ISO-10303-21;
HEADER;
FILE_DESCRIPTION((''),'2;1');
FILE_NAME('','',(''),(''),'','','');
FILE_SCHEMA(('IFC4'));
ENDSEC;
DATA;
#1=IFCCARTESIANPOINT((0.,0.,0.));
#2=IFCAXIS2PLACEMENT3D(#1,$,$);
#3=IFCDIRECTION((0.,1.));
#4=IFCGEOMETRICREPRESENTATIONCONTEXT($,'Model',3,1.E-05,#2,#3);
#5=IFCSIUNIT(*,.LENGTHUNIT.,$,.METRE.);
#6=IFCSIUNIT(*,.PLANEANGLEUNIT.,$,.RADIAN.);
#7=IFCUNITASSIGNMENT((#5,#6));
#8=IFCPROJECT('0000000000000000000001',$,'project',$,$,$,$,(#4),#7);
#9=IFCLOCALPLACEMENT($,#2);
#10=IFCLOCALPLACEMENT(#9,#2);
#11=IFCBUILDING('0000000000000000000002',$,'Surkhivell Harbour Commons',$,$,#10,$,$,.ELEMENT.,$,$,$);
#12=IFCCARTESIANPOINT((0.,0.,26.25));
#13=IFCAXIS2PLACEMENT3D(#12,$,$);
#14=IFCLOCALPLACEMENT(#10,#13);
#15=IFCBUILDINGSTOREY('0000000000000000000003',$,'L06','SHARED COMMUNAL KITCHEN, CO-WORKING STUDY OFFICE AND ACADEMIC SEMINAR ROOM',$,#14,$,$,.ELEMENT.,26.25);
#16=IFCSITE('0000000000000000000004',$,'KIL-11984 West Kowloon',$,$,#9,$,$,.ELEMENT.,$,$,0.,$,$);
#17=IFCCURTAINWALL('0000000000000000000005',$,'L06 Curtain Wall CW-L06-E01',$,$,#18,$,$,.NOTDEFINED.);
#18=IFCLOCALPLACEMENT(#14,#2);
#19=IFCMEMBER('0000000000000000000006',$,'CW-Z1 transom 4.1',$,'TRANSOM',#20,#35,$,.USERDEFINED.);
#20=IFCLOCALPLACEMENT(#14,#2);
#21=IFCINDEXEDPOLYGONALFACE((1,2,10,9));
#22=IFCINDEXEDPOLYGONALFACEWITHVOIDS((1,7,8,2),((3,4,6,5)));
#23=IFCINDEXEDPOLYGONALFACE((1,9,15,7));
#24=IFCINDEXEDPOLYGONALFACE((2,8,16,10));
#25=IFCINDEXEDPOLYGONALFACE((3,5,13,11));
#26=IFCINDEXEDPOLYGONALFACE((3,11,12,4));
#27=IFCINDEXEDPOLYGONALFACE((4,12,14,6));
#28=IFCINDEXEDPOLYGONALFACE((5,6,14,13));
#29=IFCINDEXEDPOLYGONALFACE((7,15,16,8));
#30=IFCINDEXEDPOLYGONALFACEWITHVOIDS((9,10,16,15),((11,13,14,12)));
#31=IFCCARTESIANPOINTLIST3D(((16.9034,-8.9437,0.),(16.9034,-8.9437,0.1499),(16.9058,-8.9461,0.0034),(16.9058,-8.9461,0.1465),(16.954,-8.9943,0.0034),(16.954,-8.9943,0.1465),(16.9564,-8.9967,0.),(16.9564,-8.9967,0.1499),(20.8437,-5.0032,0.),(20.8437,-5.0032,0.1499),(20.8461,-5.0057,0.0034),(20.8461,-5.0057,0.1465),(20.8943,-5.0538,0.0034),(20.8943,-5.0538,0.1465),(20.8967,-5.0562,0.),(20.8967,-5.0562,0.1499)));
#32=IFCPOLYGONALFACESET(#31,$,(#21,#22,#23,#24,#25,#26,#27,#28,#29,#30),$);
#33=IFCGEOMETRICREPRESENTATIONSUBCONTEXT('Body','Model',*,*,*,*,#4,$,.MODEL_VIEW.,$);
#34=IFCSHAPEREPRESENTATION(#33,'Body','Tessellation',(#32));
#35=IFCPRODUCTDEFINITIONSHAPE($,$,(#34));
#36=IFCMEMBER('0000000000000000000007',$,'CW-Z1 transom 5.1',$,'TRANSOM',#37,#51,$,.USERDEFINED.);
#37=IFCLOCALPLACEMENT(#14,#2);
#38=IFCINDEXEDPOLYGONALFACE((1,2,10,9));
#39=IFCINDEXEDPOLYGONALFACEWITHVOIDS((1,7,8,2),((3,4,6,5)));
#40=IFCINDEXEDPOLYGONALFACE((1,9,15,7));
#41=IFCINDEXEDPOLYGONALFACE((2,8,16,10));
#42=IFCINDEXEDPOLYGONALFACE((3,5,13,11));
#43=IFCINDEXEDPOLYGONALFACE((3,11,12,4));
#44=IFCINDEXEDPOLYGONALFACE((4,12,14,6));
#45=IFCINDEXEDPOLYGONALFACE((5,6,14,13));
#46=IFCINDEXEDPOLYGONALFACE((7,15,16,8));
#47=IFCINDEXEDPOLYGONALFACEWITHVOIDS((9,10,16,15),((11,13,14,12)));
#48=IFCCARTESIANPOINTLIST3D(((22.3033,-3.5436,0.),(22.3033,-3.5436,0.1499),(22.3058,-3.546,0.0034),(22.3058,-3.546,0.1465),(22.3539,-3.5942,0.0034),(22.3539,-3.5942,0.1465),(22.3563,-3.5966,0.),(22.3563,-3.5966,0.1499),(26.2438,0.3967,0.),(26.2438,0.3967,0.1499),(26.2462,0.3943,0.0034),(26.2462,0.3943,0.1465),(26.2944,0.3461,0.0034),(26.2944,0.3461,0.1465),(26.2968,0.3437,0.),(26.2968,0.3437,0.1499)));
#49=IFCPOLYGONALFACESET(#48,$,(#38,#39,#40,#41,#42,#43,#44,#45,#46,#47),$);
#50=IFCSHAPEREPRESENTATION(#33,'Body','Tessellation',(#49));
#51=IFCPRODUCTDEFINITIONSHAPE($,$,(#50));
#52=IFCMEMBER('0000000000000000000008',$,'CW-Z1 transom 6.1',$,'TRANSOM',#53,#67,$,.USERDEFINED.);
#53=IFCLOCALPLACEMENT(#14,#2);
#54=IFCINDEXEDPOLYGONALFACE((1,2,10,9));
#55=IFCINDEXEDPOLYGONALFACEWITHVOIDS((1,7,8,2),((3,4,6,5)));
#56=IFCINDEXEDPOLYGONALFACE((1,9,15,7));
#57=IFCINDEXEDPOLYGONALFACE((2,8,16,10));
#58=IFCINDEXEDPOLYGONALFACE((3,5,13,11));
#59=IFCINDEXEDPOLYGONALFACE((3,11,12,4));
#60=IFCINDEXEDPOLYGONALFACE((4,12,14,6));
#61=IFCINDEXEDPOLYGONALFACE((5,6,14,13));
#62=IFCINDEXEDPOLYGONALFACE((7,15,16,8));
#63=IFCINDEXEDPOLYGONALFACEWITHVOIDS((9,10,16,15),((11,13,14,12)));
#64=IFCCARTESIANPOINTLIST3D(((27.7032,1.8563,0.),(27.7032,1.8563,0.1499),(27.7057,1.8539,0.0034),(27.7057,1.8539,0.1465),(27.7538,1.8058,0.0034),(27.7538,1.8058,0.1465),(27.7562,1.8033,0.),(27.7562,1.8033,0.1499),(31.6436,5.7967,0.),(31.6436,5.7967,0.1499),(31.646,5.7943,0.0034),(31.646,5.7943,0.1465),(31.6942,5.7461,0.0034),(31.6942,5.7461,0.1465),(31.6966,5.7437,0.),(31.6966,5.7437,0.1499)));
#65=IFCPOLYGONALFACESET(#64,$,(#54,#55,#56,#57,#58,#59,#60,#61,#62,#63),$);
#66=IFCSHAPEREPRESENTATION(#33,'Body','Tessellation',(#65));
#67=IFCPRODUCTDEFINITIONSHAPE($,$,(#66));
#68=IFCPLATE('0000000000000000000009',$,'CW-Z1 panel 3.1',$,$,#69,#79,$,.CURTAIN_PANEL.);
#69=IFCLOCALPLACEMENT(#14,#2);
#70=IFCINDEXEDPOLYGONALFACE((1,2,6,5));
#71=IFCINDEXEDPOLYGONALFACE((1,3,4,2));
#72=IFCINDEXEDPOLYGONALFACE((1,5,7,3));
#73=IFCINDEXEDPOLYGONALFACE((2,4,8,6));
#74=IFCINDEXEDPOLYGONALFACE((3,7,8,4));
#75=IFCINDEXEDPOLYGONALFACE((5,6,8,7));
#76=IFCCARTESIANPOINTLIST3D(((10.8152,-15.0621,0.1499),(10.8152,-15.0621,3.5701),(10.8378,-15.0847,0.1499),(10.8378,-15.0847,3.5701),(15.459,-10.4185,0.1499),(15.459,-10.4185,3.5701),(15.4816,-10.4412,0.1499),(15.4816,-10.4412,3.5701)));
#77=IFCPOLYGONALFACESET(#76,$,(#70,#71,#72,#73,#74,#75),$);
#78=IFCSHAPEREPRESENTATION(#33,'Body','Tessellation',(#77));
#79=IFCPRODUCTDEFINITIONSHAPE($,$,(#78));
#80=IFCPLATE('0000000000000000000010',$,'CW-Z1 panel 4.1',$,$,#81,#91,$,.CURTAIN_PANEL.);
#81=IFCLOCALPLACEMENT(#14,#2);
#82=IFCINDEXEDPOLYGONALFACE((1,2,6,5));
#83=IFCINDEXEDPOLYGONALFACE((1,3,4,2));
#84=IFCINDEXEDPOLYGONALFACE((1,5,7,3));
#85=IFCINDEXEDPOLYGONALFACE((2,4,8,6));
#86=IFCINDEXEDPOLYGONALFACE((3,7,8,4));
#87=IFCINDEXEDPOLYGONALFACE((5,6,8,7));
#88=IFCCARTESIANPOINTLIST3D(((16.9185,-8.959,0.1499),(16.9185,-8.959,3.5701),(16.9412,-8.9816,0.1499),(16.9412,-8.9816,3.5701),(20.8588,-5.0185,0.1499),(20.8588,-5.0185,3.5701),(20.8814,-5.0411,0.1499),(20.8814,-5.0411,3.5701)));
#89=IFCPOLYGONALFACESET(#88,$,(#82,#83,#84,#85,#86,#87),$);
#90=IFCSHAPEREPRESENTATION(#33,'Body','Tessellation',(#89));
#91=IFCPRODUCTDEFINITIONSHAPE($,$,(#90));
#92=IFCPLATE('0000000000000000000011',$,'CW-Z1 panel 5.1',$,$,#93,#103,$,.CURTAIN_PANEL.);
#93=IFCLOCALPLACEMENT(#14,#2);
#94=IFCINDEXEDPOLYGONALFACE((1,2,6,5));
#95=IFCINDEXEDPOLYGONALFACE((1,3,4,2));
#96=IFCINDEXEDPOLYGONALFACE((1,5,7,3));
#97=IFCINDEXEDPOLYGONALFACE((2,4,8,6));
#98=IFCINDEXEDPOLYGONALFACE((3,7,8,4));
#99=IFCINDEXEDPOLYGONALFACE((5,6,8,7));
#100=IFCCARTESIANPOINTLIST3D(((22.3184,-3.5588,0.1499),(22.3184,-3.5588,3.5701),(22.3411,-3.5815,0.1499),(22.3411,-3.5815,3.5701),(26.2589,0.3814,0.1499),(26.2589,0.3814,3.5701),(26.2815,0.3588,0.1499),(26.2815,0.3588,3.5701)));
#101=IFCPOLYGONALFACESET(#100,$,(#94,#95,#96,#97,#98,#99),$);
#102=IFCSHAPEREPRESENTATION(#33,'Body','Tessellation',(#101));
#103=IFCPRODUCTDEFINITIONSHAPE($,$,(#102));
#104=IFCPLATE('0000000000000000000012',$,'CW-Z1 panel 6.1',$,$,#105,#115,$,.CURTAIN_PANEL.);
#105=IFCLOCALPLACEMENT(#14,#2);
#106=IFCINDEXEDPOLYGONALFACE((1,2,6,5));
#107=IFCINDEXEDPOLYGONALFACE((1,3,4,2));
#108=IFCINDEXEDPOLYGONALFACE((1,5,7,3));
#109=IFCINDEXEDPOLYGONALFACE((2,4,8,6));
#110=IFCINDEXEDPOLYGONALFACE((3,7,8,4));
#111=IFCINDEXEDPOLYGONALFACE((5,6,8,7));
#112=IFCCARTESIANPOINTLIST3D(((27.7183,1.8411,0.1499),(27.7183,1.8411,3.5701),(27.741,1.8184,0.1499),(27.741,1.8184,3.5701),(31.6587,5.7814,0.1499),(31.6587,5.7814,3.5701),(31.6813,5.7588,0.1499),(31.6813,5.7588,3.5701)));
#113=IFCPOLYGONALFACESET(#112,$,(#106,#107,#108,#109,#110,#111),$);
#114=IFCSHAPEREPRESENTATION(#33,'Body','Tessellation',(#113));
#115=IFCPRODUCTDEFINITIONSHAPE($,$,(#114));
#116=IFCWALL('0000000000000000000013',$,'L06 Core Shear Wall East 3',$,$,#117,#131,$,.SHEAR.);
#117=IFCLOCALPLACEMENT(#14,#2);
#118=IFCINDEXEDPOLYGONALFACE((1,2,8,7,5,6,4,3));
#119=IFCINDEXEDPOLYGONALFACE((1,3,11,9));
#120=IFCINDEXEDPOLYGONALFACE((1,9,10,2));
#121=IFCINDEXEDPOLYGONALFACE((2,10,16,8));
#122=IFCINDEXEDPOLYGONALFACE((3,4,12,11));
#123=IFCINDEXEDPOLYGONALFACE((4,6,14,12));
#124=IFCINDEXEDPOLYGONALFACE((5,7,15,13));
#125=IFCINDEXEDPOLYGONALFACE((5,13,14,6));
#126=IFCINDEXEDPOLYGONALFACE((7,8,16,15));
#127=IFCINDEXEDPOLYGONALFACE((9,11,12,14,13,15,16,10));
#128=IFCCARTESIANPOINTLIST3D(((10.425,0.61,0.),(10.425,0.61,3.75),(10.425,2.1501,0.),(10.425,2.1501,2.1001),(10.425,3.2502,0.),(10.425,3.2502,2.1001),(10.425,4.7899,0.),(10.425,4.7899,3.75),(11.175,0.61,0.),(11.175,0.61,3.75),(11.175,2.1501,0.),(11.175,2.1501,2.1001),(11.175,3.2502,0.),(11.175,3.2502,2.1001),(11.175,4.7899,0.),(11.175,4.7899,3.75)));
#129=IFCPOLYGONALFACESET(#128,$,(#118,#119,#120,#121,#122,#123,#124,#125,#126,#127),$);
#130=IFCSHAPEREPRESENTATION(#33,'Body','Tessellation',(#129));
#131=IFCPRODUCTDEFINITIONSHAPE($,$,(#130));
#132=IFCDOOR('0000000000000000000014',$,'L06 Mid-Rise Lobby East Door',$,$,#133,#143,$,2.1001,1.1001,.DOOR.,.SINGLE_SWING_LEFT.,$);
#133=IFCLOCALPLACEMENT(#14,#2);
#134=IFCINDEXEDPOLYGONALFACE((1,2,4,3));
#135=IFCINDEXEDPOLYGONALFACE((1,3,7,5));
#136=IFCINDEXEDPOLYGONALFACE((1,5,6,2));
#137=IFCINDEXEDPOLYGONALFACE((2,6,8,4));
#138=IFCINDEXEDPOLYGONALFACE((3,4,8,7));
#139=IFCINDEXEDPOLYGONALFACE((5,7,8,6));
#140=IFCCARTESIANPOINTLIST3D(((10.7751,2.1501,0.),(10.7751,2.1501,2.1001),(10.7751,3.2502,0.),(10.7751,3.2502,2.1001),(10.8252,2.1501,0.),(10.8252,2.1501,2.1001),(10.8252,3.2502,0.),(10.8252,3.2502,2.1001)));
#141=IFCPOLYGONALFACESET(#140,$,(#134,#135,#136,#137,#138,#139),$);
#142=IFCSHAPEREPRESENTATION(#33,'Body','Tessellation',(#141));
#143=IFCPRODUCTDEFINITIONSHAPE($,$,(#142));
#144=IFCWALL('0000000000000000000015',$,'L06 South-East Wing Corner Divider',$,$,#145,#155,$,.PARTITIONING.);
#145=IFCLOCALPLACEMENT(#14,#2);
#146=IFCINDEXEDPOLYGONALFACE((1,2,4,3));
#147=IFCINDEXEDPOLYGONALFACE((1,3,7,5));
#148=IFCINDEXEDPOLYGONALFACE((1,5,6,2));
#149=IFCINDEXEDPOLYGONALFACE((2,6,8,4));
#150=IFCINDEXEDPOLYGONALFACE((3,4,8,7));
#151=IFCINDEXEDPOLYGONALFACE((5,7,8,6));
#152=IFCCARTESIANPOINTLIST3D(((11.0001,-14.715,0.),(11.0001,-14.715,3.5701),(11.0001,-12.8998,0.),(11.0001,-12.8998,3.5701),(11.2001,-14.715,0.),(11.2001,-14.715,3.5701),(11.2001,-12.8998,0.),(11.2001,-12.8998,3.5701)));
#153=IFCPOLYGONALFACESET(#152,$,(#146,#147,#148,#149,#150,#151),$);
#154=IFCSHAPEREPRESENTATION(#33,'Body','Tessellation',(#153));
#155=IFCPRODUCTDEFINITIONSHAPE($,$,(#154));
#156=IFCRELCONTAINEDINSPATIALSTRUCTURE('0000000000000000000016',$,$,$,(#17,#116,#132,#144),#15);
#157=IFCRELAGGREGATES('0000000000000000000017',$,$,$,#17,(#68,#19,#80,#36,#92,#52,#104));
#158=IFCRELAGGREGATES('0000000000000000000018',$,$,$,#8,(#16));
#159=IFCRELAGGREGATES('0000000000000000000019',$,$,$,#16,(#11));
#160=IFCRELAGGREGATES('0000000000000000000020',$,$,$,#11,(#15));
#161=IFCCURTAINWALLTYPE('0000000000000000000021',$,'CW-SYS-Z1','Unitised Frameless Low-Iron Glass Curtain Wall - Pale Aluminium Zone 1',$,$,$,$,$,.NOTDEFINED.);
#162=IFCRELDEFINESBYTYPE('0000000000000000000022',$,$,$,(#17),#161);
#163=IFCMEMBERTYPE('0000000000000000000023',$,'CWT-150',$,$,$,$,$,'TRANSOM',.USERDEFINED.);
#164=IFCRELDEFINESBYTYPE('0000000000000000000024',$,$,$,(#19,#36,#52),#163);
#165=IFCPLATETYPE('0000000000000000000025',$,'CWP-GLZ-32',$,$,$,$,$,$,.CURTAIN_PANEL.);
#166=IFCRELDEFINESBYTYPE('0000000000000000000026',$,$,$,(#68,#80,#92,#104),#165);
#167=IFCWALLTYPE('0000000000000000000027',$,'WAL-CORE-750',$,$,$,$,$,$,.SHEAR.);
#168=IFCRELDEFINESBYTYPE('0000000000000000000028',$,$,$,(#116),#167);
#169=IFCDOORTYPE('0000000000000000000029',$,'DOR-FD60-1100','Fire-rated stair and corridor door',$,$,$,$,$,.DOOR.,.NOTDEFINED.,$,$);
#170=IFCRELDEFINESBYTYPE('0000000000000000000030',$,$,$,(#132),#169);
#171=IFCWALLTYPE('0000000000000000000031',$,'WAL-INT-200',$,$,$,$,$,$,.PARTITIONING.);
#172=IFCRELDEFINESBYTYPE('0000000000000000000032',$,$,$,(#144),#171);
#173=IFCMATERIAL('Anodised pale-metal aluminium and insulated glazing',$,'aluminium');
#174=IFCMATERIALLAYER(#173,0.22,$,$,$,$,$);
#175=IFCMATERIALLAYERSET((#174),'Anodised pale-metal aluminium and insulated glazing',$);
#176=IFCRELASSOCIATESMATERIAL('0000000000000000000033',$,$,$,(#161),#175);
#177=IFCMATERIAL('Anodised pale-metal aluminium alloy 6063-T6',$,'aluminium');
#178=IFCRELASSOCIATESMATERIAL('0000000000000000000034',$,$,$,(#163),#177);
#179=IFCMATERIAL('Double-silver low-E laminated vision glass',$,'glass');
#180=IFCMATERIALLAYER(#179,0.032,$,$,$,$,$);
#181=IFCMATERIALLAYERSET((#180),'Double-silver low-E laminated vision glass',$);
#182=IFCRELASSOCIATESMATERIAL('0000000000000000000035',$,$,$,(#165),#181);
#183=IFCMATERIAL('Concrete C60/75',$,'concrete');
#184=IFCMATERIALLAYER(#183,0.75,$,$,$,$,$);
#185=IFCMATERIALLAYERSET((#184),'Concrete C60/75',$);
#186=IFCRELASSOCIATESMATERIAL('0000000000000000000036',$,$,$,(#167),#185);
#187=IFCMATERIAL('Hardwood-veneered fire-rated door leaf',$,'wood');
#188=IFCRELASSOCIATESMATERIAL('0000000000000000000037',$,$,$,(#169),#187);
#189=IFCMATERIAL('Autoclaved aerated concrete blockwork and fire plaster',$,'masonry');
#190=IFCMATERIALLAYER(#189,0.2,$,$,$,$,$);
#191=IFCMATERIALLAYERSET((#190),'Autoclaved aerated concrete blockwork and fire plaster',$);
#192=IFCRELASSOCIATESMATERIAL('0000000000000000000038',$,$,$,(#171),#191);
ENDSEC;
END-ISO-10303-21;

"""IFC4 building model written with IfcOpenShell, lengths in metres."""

from ifc_helpers import new_model, si_unit, direction, frame, frame_2d, origin, origin_2d, place, context, subcontext, project, spatial, rectangle, hollow_rectangle, extrude, material, layer, layer_set, material_profile, profile_set, type_object, element, fill, aggregate, save


model = new_model("IFC4")

# Units and contexts
model_context = context("Model", 3, precision=1e-05, world=origin(), true_north=direction((0.0, 1.0)))
body_context = subcontext(model_context, "Body", "Model", "MODEL_VIEW")
ifc_project = project(units=[si_unit("LENGTHUNIT", "METRE"), si_unit("PLANEANGLEUNIT", "RADIAN")], contexts=[model_context])

# Site, building, storey
site_placement = place(None, origin())
site = spatial("IfcSite", under=ifc_project, at=site_placement, Name="KIL-11984 West Kowloon", CompositionType="ELEMENT", RefElevation=0.0)
building_placement = place(site_placement, origin())
building = spatial("IfcBuilding", under=site, at=building_placement, Name="Surkhivell Harbour Commons", CompositionType="ELEMENT")
storey_placement = place(building_placement, frame((0.0, 0.0, 26.25)))
storey = spatial("IfcBuildingStorey", under=building, at=storey_placement, Name="L06", Description="SHARED COMMUNAL KITCHEN, CO-WORKING STUDY OFFICE AND ACADEMIC SEMINAR ROOM", CompositionType="ELEMENT", Elevation=26.25)

# Curtain wall, members, plates
ifc_material_1 = material(Name="Anodised pale-metal aluminium and insulated glazing", Category="aluminium")
ifc_layer_1 = layer(ifc_material_1, 0.22)
ifc_layer_set_1 = layer_set([ifc_layer_1], Name="Anodised pale-metal aluminium and insulated glazing")
curtain_wall_type = type_object("IfcCurtainWallType", Name="CW-SYS-Z1", Description="Unitised Frameless Low-Iron Glass Curtain Wall - Pale Aluminium Zone 1", PredefinedType="NOTDEFINED", material=ifc_layer_set_1)
curtain_wall_placement = place(storey_placement, origin())
curtain_wall = element("IfcCurtainWall", 1, at=curtain_wall_placement, inside=storey, type_object=curtain_wall_type, Name="L06 Curtain Wall CW-L06-E01", PredefinedType="NOTDEFINED")
ifc_material_2 = material(Name="Anodised pale-metal aluminium alloy 6063-T6", Category="aluminium")
ifc_material_profile_1 = material_profile(ifc_material_2, hollow_rectangle(XDim=0.075, YDim=0.1499, WallThickness=0.0034, at=origin_2d()), Name="ALU-TRAN-75x150")
ifc_profile_set_1 = profile_set([ifc_material_profile_1], Name="Anodised pale-metal aluminium alloy 6063-T6")
member_type_1 = type_object("IfcMemberType", Name="CWT-150", ElementType="TRANSOM", PredefinedType="USERDEFINED", material=ifc_profile_set_1)
member_1_placement = place(storey_placement, frame((16.9299, -8.9702, 0.075), z_axis=(0.707085, 0.707129, 0.0), x_axis=(-0.707129, 0.707085, 0.0)))
member_1 = element("IfcMember", 2, at=member_1_placement, type_object=member_type_1, Name="CW-Z1 transom 4.1", ObjectType="TRANSOM", PredefinedType="USERDEFINED", context=body_context, shape_type="SweptSolid", body=[
    extrude(hollow_rectangle(XDim=0.075, YDim=0.1499, WallThickness=0.0034, at=origin_2d()), origin(), (0.0, 0.0, 1.0), 5.5725),
])
member_2_placement = place(storey_placement, frame((22.3298, -3.5701, 0.075), z_axis=(0.707129, 0.707085, 0.0), x_axis=(-0.707085, 0.707129, 0.0)))
member_2 = element("IfcMember", 3, at=member_2_placement, type_object=member_type_1, Name="CW-Z1 transom 5.1", ObjectType="TRANSOM", PredefinedType="USERDEFINED", context=body_context, shape_type="SweptSolid", body=[
    extrude(hollow_rectangle(XDim=0.075, YDim=0.1499, WallThickness=0.0034, at=origin_2d()), origin(), (0.0, 0.0, 1.0), 5.5725),
])
member_3_placement = place(storey_placement, frame((27.7297, 1.8298, 0.075), z_axis=(0.707107, 0.707107, 0.0), x_axis=(-0.707107, 0.707107, 0.0)))
member_3 = element("IfcMember", 4, at=member_3_placement, type_object=member_type_1, Name="CW-Z1 transom 6.1", ObjectType="TRANSOM", PredefinedType="USERDEFINED", context=body_context, shape_type="SweptSolid", body=[
    extrude(hollow_rectangle(XDim=0.075, YDim=0.1499, WallThickness=0.0034, at=origin_2d()), origin(), (0.0, 0.0, 1.0), 5.5725),
])
ifc_material_3 = material(Name="Double-silver low-E laminated vision glass", Category="glass")
ifc_layer_2 = layer(ifc_material_3, 0.032)
ifc_layer_set_2 = layer_set([ifc_layer_2], Name="Double-silver low-E laminated vision glass")
plate_type = type_object("IfcPlateType", Name="CWP-GLZ-32", PredefinedType="CURTAIN_PANEL", material=ifc_layer_set_2)
plate_1_placement = place(storey_placement, frame((10.8264, -15.0735, 0.1499), z_axis=(0.0, 0.0, 1.0), x_axis=(0.707125, 0.707088, 0.0)))
plate_1 = element("IfcPlate", 5, at=plate_1_placement, type_object=plate_type, Name="CW-Z1 panel 3.1", PredefinedType="CURTAIN_PANEL", context=body_context, shape_type="SweptSolid", body=[
    extrude(rectangle(XDim=6.5671, YDim=0.032, at=frame_2d((3.2837, 0.0))), origin(), (0.0, 0.0, 1.0), 3.4202),
])
plate_2_placement = place(storey_placement, frame((16.9299, -8.9702, 0.1499), z_axis=(0.0, 0.0, 1.0), x_axis=(0.707085, 0.707129, 0.0)))
plate_2 = element("IfcPlate", 6, at=plate_2_placement, type_object=plate_type, Name="CW-Z1 panel 4.1", PredefinedType="CURTAIN_PANEL", context=body_context, shape_type="SweptSolid", body=[
    extrude(rectangle(XDim=5.5725, YDim=0.032, at=frame_2d((2.7861, 0.0))), origin(), (0.0, 0.0, 1.0), 3.4202),
])
plate_3_placement = place(storey_placement, frame((22.3298, -3.5701, 0.1499), z_axis=(0.0, 0.0, 1.0), x_axis=(0.707129, 0.707085, 0.0)))
plate_3 = element("IfcPlate", 7, at=plate_3_placement, type_object=plate_type, Name="CW-Z1 panel 5.1", PredefinedType="CURTAIN_PANEL", context=body_context, shape_type="SweptSolid", body=[
    extrude(rectangle(XDim=5.5725, YDim=0.032, at=frame_2d((2.7861, 0.0))), origin(), (0.0, 0.0, 1.0), 3.4202),
])
plate_4_placement = place(storey_placement, frame((27.7297, 1.8298, 0.1499), z_axis=(0.0, 0.0, 1.0), x_axis=(0.707107, 0.707107, 0.0)))
plate_4 = element("IfcPlate", 8, at=plate_4_placement, type_object=plate_type, Name="CW-Z1 panel 6.1", PredefinedType="CURTAIN_PANEL", context=body_context, shape_type="SweptSolid", body=[
    extrude(rectangle(XDim=5.5725, YDim=0.032, at=frame_2d((2.7861, 0.0))), origin(), (0.0, 0.0, 1.0), 3.4202),
])
aggregate(curtain_wall, [plate_1, member_1, plate_2, member_2, plate_3, member_3, plate_4])

# Wall, opening, door
ifc_material_4 = material(Name="Concrete C60/75", Category="concrete")
ifc_layer_3 = layer(ifc_material_4, 0.75)
ifc_layer_set_3 = layer_set([ifc_layer_3], Name="Concrete C60/75")
wall_type_1 = type_object("IfcWallType", Name="WAL-CORE-750", PredefinedType="SHEAR", material=ifc_layer_set_3)
wall_1_placement = place(storey_placement, frame((10.8, 0.6101, 0.0), z_axis=(0.0, 0.0, 1.0), x_axis=(0.0, 1.0, 0.0)))
wall_1 = element("IfcWall", 9, at=wall_1_placement, inside=storey, type_object=wall_type_1, Name="L06 Core Shear Wall East 3", PredefinedType="SHEAR", context=body_context, shape_type="SweptSolid", body=[
    extrude(rectangle(XDim=4.1799, YDim=0.75, at=frame_2d((2.0898, 0.0))), origin(), (0.0, 0.0, 1.0), 3.75),
])
opening_1_placement = place(wall_1_placement, frame((1.54, 0.0, 0.0)))
opening_1 = element("IfcOpeningElement", 10, at=opening_1_placement, cuts=wall_1, PredefinedType="OPENING", context=body_context, shape_type="SweptSolid", body=[
    extrude(rectangle(XDim=1.1001, YDim=2.1001, at=frame_2d((0.55, 1.05))), frame((0.0, 0.385, 0.0), z_axis=(0.0, -1.0, 0.0), x_axis=(1.0, 0.0, 0.0)), (0.0, 0.0, 1.0), 0.77),
])
ifc_material_5 = material(Name="Hardwood-veneered fire-rated door leaf", Category="wood")
door_type_1 = type_object("IfcDoorType", Name="DOR-FD60-1100", Description="Fire-rated stair and corridor door", OperationType="NOTDEFINED", PredefinedType="DOOR", material=ifc_material_5)
door_1_placement = place(opening_1_placement, origin())
door_1 = element("IfcDoor", 11, at=door_1_placement, inside=storey, type_object=door_type_1, Name="L06 Mid-Rise Lobby East Door", OperationType="SINGLE_SWING_LEFT", OverallHeight=2.1001, OverallWidth=1.1001, PredefinedType="DOOR", context=body_context, shape_type="SweptSolid", body=[
    extrude(rectangle(XDim=1.1001, YDim=2.1001, at=frame_2d((0.55, 1.05))), frame((0.0, 0.0249, 0.0), z_axis=(0.0, -1.0, 0.0), x_axis=(1.0, 0.0, 0.0)), (0.0, 0.0, 1.0), 0.05),
])
fill(opening_1, door_1)

# Wall
ifc_material_6 = material(Name="Autoclaved aerated concrete blockwork and fire plaster", Category="masonry")
ifc_layer_4 = layer(ifc_material_6, 0.2)
ifc_layer_set_4 = layer_set([ifc_layer_4], Name="Autoclaved aerated concrete blockwork and fire plaster")
wall_type_2 = type_object("IfcWallType", Name="WAL-INT-200", PredefinedType="PARTITIONING", material=ifc_layer_set_4)
wall_2_placement = place(storey_placement, frame((11.1001, -14.7151, 0.0), z_axis=(0.0, 0.0, 1.0), x_axis=(0.0, 1.0, 0.0)))
element("IfcWall", 12, at=wall_2_placement, inside=storey, type_object=wall_type_2, Name="L06 South-East Wing Corner Divider", PredefinedType="PARTITIONING", context=body_context, shape_type="SweptSolid", body=[
    extrude(rectangle(XDim=1.8152, YDim=0.2, at=frame_2d((0.9077, 0.0))), origin(), (0.0, 0.0, 1.0), 3.5701),
])

save(model, "model.ifc")
